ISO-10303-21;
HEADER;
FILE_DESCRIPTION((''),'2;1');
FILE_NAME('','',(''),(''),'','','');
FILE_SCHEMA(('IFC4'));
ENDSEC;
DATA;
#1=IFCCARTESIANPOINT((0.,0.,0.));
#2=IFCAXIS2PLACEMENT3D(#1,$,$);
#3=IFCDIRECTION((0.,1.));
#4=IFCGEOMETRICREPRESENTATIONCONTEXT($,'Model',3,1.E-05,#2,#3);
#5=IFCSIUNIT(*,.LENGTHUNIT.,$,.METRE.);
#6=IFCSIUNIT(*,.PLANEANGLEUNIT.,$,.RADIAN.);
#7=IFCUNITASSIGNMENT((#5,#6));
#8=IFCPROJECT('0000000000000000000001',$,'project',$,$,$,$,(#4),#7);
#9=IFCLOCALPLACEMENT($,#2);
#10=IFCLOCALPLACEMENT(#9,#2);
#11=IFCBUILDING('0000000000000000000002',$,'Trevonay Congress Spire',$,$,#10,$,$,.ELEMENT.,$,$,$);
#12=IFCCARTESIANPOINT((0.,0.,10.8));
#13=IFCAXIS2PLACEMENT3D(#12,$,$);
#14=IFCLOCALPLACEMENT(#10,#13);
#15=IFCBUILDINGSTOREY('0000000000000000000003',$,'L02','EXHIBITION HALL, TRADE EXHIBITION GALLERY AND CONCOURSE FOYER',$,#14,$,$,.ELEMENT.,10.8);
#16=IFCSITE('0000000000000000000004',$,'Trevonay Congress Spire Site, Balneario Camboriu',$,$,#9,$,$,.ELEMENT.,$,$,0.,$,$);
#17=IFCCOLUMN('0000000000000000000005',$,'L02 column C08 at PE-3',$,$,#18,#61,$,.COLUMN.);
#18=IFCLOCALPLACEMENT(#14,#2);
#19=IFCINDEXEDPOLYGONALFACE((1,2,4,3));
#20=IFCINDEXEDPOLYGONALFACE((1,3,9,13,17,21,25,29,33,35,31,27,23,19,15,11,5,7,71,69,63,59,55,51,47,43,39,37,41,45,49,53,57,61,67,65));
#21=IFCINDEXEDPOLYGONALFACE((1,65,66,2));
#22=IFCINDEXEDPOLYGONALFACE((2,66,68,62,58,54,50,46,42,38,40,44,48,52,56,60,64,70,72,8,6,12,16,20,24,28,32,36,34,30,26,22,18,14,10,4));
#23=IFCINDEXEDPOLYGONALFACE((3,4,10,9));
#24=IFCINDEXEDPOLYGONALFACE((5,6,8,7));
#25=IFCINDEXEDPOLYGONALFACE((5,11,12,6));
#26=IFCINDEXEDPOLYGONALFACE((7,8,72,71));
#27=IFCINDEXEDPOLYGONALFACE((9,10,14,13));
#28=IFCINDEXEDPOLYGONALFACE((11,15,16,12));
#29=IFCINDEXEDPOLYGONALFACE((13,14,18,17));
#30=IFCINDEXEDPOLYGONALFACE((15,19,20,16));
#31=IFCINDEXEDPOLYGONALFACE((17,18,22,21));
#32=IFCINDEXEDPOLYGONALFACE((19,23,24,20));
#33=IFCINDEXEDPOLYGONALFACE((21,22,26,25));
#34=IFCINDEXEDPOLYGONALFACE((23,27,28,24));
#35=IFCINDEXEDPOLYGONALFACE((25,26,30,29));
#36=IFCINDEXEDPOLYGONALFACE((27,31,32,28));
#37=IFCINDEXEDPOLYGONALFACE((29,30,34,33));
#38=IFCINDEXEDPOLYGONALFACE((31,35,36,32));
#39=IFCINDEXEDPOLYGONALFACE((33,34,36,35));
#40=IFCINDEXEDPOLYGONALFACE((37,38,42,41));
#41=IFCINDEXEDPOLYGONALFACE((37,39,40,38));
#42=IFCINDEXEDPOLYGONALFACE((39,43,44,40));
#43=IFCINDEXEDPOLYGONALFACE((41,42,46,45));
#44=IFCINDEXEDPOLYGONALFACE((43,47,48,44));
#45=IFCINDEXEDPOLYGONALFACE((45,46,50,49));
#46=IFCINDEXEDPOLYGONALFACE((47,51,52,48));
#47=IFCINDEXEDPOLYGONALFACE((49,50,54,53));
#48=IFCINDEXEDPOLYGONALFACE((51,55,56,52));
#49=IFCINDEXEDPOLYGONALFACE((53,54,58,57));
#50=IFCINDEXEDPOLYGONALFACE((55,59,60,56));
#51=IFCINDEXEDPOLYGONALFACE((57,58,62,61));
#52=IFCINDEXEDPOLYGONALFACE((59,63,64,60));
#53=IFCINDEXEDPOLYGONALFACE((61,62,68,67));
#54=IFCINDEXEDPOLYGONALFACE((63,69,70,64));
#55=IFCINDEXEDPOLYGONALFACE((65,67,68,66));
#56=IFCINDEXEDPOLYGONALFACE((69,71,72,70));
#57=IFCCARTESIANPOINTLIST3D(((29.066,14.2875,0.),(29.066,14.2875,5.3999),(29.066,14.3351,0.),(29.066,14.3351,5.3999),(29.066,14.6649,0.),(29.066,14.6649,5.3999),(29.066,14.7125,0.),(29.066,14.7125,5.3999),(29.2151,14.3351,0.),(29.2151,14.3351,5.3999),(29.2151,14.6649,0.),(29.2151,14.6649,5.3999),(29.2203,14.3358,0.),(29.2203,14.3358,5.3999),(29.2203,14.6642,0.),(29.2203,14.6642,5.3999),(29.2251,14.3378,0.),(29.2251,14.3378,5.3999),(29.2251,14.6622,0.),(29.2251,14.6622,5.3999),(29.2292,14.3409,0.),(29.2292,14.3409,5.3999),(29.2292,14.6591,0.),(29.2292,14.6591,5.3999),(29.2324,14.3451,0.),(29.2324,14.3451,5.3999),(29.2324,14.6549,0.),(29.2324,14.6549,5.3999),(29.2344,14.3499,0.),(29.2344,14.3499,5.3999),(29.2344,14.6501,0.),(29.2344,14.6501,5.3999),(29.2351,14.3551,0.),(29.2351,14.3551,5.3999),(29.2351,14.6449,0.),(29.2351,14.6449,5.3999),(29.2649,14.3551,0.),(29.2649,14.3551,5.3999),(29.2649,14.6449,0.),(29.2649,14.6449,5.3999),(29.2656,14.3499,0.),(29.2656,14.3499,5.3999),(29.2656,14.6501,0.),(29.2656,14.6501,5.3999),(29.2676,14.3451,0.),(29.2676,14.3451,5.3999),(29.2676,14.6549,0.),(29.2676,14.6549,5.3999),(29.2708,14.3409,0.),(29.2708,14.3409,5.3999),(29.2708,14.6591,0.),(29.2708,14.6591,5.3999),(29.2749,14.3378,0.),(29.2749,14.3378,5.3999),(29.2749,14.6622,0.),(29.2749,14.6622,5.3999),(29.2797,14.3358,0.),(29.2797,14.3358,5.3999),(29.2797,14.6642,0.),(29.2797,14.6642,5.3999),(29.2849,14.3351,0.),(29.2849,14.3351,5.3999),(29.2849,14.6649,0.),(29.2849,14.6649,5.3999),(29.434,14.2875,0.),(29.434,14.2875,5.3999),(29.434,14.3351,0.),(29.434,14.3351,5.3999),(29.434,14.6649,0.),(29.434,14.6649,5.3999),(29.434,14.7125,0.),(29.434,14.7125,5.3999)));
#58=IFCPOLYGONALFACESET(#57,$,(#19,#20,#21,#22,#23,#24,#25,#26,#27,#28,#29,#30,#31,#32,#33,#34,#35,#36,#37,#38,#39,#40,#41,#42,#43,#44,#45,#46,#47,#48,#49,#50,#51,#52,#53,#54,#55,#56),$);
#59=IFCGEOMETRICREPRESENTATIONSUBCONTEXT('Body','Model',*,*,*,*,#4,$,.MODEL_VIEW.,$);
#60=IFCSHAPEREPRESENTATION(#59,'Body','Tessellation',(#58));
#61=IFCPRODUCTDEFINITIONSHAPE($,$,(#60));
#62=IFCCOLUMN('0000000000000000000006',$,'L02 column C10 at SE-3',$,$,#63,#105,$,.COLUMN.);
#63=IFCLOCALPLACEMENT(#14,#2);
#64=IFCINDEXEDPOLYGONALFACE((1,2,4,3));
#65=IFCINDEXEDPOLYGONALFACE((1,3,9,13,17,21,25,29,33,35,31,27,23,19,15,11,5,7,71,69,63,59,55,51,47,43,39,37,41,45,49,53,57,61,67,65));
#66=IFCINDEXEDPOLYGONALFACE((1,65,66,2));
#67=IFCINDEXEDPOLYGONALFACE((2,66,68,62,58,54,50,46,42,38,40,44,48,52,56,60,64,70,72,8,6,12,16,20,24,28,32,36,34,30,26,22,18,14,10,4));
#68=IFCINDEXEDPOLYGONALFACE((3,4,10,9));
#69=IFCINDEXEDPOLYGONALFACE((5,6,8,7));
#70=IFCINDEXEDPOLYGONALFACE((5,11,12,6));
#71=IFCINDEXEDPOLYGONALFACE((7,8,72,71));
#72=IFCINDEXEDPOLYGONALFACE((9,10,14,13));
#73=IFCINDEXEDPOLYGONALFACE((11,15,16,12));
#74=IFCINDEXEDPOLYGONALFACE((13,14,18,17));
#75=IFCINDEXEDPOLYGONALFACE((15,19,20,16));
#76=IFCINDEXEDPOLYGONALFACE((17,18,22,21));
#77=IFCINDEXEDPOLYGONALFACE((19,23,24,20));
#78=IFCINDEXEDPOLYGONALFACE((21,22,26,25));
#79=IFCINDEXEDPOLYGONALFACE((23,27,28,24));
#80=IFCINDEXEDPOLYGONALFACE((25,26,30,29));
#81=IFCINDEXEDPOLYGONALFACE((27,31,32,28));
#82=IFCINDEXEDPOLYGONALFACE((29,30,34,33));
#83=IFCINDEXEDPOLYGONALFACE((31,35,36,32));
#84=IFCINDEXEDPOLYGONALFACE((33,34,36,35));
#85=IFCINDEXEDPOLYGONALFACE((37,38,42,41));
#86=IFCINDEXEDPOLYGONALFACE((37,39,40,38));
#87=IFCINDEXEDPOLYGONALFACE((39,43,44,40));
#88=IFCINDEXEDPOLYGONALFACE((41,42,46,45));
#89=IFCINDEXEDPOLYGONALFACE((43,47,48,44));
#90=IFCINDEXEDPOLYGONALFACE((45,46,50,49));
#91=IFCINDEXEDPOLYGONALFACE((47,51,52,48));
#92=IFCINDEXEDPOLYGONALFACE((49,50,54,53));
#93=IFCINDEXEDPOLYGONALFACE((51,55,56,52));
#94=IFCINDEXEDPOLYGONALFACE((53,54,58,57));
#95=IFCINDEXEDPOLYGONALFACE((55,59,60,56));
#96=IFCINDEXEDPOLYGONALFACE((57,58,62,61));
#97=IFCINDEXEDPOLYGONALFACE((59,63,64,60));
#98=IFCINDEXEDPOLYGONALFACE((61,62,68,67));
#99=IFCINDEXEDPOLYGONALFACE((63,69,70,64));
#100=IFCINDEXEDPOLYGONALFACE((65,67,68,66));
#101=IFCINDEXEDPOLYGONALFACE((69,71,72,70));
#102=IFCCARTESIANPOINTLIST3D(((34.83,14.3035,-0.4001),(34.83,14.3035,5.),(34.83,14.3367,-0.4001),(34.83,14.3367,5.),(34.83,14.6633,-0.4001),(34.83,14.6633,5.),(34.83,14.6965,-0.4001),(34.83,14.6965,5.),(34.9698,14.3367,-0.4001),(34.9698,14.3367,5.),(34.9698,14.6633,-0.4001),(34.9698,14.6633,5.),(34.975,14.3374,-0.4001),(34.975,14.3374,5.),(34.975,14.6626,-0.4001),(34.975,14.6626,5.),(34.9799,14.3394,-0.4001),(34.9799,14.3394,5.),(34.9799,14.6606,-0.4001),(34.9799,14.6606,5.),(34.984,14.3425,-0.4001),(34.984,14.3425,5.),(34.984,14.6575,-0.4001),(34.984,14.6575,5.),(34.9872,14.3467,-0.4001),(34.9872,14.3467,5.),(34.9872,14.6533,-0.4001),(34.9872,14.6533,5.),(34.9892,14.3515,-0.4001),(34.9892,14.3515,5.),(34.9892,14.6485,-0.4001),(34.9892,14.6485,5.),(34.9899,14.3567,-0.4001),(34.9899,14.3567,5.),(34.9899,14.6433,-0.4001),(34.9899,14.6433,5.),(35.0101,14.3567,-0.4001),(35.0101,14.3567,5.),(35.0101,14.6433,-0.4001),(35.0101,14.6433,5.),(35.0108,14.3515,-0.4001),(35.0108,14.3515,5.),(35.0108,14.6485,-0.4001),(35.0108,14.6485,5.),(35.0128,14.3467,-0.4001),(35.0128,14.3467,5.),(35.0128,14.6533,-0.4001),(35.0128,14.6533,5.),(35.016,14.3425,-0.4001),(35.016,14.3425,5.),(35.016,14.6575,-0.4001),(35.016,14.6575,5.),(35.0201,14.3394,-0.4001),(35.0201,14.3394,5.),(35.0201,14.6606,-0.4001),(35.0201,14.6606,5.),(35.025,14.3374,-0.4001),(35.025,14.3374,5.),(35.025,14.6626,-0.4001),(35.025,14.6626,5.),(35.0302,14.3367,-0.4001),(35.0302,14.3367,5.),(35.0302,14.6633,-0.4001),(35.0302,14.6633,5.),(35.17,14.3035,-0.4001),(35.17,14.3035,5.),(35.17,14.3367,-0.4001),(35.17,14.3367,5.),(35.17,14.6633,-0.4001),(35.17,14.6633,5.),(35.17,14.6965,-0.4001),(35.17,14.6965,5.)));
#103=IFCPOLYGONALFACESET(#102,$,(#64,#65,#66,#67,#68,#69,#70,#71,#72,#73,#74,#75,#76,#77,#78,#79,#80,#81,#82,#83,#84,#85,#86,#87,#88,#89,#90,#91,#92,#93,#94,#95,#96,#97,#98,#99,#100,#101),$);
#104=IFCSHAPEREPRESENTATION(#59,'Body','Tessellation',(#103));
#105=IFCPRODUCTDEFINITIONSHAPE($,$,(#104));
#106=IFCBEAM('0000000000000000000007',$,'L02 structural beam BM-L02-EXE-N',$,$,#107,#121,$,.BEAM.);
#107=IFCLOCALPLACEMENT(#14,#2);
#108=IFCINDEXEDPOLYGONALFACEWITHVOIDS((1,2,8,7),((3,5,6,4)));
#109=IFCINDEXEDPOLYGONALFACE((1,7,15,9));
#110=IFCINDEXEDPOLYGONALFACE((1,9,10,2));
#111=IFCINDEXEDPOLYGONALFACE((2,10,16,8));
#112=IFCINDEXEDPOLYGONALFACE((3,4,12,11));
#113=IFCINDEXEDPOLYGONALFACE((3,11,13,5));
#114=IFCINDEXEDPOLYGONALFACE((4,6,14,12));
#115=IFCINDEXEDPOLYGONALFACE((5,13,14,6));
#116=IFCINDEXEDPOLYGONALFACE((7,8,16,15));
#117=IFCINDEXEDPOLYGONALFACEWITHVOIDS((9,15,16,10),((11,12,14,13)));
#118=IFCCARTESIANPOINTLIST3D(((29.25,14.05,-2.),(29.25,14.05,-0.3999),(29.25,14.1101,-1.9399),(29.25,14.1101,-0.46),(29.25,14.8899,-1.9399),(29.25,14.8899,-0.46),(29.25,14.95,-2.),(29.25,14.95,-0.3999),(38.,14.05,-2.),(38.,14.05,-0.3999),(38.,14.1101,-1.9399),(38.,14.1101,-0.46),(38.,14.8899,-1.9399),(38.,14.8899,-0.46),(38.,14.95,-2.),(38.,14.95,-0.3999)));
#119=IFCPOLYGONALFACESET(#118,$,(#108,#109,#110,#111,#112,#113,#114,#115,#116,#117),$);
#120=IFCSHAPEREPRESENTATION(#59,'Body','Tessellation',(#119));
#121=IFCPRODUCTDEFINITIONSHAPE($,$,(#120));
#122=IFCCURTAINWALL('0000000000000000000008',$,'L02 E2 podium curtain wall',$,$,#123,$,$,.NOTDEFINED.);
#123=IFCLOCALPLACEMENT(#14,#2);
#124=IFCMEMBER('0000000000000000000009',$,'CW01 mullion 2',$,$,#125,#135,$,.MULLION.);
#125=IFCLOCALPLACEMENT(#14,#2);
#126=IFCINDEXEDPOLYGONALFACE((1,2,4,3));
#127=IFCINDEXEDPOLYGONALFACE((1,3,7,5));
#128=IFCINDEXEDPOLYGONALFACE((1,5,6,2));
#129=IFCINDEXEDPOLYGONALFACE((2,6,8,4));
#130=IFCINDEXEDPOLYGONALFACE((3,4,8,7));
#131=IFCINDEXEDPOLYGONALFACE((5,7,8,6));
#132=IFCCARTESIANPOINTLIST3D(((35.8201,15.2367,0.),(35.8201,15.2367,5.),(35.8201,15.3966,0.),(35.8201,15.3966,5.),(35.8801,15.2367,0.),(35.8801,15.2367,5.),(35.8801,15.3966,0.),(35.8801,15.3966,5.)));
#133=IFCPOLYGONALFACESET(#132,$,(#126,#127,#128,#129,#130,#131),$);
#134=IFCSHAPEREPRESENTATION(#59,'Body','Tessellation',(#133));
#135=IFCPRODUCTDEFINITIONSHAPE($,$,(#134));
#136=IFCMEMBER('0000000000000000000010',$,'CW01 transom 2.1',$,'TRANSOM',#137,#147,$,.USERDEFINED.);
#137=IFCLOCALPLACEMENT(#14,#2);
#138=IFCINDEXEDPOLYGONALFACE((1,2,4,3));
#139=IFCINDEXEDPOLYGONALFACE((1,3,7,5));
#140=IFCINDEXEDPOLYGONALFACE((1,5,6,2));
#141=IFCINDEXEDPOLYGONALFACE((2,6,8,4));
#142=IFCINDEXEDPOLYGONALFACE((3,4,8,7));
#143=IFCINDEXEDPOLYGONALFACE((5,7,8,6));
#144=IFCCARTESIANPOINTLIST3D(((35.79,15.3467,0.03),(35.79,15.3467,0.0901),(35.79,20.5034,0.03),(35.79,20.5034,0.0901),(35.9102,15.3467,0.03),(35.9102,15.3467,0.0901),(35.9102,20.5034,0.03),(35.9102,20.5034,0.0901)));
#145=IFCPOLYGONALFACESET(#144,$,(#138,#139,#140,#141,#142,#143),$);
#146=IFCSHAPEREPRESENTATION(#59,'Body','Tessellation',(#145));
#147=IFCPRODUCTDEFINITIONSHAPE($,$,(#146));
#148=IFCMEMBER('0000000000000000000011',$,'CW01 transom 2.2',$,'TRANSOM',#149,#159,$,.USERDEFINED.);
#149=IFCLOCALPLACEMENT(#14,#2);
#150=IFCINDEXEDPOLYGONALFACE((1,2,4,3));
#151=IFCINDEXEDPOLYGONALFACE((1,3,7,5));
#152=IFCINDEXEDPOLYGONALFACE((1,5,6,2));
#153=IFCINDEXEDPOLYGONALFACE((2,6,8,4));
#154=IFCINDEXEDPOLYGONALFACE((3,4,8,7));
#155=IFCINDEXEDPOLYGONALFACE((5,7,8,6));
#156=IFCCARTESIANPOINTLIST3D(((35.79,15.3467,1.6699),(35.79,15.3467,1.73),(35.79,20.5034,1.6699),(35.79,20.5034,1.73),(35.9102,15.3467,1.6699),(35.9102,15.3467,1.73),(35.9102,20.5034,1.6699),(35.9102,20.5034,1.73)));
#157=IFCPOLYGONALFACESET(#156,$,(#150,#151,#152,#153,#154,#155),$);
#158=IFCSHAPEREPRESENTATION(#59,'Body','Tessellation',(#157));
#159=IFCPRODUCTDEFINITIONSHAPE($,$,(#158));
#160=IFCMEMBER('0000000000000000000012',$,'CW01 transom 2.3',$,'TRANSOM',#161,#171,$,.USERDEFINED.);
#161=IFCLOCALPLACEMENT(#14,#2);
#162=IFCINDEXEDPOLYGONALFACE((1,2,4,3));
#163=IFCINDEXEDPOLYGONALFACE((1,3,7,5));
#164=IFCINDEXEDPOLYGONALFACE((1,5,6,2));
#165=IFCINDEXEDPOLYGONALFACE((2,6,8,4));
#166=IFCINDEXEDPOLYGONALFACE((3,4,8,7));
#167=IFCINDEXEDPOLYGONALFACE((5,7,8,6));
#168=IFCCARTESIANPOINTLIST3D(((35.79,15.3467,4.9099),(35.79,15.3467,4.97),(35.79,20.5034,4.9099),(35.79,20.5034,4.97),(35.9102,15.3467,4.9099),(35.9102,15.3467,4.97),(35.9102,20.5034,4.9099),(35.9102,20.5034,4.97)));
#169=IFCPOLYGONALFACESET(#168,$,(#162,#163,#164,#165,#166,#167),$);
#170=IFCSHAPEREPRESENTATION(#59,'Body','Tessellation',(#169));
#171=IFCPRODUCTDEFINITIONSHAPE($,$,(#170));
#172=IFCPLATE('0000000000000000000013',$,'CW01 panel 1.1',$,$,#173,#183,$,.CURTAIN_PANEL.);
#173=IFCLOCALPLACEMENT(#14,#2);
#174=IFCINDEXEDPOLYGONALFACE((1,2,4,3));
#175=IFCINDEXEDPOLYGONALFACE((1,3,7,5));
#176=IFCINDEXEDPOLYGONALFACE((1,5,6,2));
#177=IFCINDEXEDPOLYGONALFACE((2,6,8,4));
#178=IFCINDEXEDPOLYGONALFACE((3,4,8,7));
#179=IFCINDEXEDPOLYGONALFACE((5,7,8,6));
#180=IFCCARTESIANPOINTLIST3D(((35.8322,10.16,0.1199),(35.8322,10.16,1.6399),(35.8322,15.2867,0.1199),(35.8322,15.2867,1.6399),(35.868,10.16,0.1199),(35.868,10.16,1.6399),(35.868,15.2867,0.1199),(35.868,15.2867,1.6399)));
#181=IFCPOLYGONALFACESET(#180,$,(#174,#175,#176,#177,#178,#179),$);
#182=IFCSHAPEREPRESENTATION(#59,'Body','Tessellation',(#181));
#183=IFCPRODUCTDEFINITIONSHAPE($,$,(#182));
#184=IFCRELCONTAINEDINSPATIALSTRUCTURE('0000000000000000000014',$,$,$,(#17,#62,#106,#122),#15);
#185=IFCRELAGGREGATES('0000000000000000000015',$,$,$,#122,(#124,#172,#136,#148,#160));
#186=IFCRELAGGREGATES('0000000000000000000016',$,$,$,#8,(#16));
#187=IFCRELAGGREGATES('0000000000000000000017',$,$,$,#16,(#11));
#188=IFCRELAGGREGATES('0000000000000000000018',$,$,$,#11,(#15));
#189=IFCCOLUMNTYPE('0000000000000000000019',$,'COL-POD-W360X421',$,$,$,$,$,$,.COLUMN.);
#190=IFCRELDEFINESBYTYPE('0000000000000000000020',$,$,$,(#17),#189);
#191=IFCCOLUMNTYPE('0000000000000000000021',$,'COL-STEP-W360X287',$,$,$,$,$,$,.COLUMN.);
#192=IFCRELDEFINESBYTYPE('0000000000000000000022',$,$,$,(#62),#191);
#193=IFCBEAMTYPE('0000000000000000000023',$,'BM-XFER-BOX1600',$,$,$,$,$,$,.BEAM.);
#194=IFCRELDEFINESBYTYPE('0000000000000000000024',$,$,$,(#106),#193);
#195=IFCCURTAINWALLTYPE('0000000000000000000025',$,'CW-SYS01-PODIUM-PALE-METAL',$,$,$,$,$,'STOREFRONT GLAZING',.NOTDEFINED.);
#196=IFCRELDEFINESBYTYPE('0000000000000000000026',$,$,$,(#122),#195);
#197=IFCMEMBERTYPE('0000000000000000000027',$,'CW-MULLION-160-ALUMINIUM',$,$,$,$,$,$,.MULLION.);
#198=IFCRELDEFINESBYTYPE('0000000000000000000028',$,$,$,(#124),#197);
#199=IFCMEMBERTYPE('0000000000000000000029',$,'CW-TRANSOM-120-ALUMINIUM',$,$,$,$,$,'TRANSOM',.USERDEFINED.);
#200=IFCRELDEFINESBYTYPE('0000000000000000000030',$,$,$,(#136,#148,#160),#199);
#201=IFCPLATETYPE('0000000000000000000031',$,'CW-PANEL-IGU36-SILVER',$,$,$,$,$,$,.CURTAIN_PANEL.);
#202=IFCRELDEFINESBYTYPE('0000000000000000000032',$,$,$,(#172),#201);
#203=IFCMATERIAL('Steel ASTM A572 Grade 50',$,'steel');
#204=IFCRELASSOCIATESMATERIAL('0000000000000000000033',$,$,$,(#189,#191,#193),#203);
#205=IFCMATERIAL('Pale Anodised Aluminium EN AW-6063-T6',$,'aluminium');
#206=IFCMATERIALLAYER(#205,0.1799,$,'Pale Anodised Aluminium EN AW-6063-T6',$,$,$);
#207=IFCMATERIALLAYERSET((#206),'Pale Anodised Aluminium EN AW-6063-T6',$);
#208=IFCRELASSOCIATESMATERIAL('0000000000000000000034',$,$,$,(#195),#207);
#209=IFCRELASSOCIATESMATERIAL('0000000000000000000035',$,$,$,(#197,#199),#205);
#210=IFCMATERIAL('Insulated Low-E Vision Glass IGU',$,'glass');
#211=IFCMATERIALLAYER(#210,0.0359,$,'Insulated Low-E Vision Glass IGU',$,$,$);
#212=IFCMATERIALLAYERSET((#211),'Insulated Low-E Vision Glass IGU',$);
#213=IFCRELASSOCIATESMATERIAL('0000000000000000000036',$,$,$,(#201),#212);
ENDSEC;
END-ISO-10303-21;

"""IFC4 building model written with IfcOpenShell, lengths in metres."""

from ifc_helpers import new_model, si_unit, direction, frame, origin, origin_2d, place, context, subcontext, project, spatial, rectangle, hollow_rectangle, i_section, extrude, material, layer, layer_set, material_profile, profile_set, type_object, element, aggregate, save


model = new_model("IFC4")

# Units and contexts
model_context = context("Model", 3, precision=1e-05, world=origin(), true_north=direction((0.0, 1.0)))
body_context = subcontext(model_context, "Body", "Model", "MODEL_VIEW")
ifc_project = project(units=[si_unit("LENGTHUNIT", "METRE"), si_unit("PLANEANGLEUNIT", "RADIAN")], contexts=[model_context])

# Site, building, storey
site_placement = place(None, origin())
site = spatial("IfcSite", under=ifc_project, at=site_placement, Name="Trevonay Congress Spire Site, Balneario Camboriu", CompositionType="ELEMENT", RefElevation=0.0)
building_placement = place(site_placement, origin())
building = spatial("IfcBuilding", under=site, at=building_placement, Name="Trevonay Congress Spire", CompositionType="ELEMENT")
storey_placement = place(building_placement, frame((0.0, 0.0, 10.8)))
storey = spatial("IfcBuildingStorey", under=building, at=storey_placement, Name="L02", Description="EXHIBITION HALL, TRADE EXHIBITION GALLERY AND CONCOURSE FOYER", CompositionType="ELEMENT", Elevation=10.8)

# Columns
ifc_material_1 = material(Name="Steel ASTM A572 Grade 50", Category="steel")
ifc_material_profile_1 = material_profile(ifc_material_1, i_section(OverallWidth=0.3679, OverallDepth=0.425, WebThickness=0.0298, FlangeThickness=0.0476, FilletRadius=0.02, at=origin_2d()), Name="W360x421")
ifc_profile_set_1 = profile_set([ifc_material_profile_1], Name="Steel ASTM A572 Grade 50")
column_type_1 = type_object("IfcColumnType", Name="COL-POD-W360X421", PredefinedType="COLUMN", material=ifc_profile_set_1)
column_1_placement = place(storey_placement, frame((29.25, 14.5, 0.0), z_axis=(0.0, 0.0, 1.0), x_axis=(1.0, 0.0, 0.0)))
element("IfcColumn", 1, at=column_1_placement, inside=storey, type_object=column_type_1, Name="L02 column C08 at PE-3", PredefinedType="COLUMN", context=body_context, shape_type="SweptSolid", body=[
    extrude(i_section(OverallWidth=0.3679, OverallDepth=0.425, WebThickness=0.0298, FlangeThickness=0.0476, FilletRadius=0.02, at=origin_2d()), origin(), (0.0, 0.0, 1.0), 5.3999),
])
ifc_material_profile_2 = material_profile(ifc_material_1, i_section(OverallWidth=0.3401, OverallDepth=0.3931, WebThickness=0.0203, FlangeThickness=0.0332, FilletRadius=0.02, at=origin_2d()), Name="W360x287")
ifc_profile_set_2 = profile_set([ifc_material_profile_2], Name="Steel ASTM A572 Grade 50")
column_type_2 = type_object("IfcColumnType", Name="COL-STEP-W360X287", PredefinedType="COLUMN", material=ifc_profile_set_2)
column_2_placement = place(storey_placement, frame((35.0, 14.5, -0.4001), z_axis=(0.0, 0.0, 1.0), x_axis=(1.0, 0.0, 0.0)))
element("IfcColumn", 2, at=column_2_placement, inside=storey, type_object=column_type_2, Name="L02 column C10 at SE-3", PredefinedType="COLUMN", context=body_context, shape_type="SweptSolid", body=[
    extrude(i_section(OverallWidth=0.3401, OverallDepth=0.3931, WebThickness=0.0203, FlangeThickness=0.0332, FilletRadius=0.02, at=origin_2d()), origin(), (0.0, 0.0, 1.0), 5.4001),
])

# Beam
ifc_material_profile_3 = material_profile(ifc_material_1, hollow_rectangle(XDim=0.8999, YDim=1.6001, WallThickness=0.0601, at=origin_2d()), Name="BOX 1600x900x60")
ifc_profile_set_3 = profile_set([ifc_material_profile_3], Name="Steel ASTM A572 Grade 50")
beam_type = type_object("IfcBeamType", Name="BM-XFER-BOX1600", PredefinedType="BEAM", material=ifc_profile_set_3)
beam_placement = place(storey_placement, frame((29.25, 14.5, -1.2), z_axis=(1.0, 0.0, 0.0), x_axis=(0.0, 1.0, 0.0)))
element("IfcBeam", 3, at=beam_placement, inside=storey, type_object=beam_type, Name="L02 structural beam BM-L02-EXE-N", PredefinedType="BEAM", context=body_context, shape_type="SweptSolid", body=[
    extrude(hollow_rectangle(XDim=0.8999, YDim=1.6001, WallThickness=0.0601, at=origin_2d()), origin(), (0.0, 0.0, 1.0), 8.75),
])

# Curtain wall, members, plate
ifc_material_2 = material(Name="Pale Anodised Aluminium EN AW-6063-T6", Category="aluminium")
ifc_layer_1 = layer(ifc_material_2, 0.1799, Name="Pale Anodised Aluminium EN AW-6063-T6")
ifc_layer_set_1 = layer_set([ifc_layer_1], Name="Pale Anodised Aluminium EN AW-6063-T6")
curtain_wall_type = type_object("IfcCurtainWallType", Name="CW-SYS01-PODIUM-PALE-METAL", ElementType="STOREFRONT GLAZING", PredefinedType="NOTDEFINED", material=ifc_layer_set_1)
curtain_wall_placement = place(storey_placement, origin())
curtain_wall = element("IfcCurtainWall", 4, at=curtain_wall_placement, inside=storey, type_object=curtain_wall_type, Name="L02 E2 podium curtain wall", PredefinedType="NOTDEFINED")
ifc_material_profile_4 = material_profile(ifc_material_2, rectangle(XDim=0.0601, YDim=0.1599, at=origin_2d()), Name="CW-MULLION-160-ALUMINIUM")
ifc_profile_set_4 = profile_set([ifc_material_profile_4], Name="Pale Anodised Aluminium EN AW-6063-T6")
member_type_1 = type_object("IfcMemberType", Name="CW-MULLION-160-ALUMINIUM", PredefinedType="MULLION", material=ifc_profile_set_4)
member_1_placement = place(storey_placement, frame((35.8501, 15.3167, 0.0), z_axis=(0.0, 0.0, 1.0), x_axis=(-1.0, 0.0, 0.0)))
member_1 = element("IfcMember", 5, at=member_1_placement, type_object=member_type_1, Name="CW01 mullion 2", PredefinedType="MULLION", context=body_context, shape_type="SweptSolid", body=[
    extrude(rectangle(XDim=0.0601, YDim=0.1599, at=origin_2d()), origin(), (0.0, 0.0, 1.0), 5.0),
])
ifc_material_profile_5 = material_profile(ifc_material_2, rectangle(XDim=0.1201, YDim=0.0601, at=origin_2d()), Name="CW-TRANSOM-120-ALUMINIUM")
ifc_profile_set_5 = profile_set([ifc_material_profile_5], Name="Pale Anodised Aluminium EN AW-6063-T6")
member_type_2 = type_object("IfcMemberType", Name="CW-TRANSOM-120-ALUMINIUM", ElementType="TRANSOM", PredefinedType="USERDEFINED", material=ifc_profile_set_5)
member_2_placement = place(storey_placement, frame((35.8501, 15.3467, 0.0601), z_axis=(0.0, 1.0, 0.0), x_axis=(-1.0, 0.0, 0.0)))
member_2 = element("IfcMember", 6, at=member_2_placement, type_object=member_type_2, Name="CW01 transom 2.1", ObjectType="TRANSOM", PredefinedType="USERDEFINED", context=body_context, shape_type="SweptSolid", body=[
    extrude(rectangle(XDim=0.1201, YDim=0.0601, at=origin_2d()), origin(), (0.0, 0.0, 1.0), 5.1567),
])
member_3_placement = place(storey_placement, frame((35.8501, 15.3467, 1.7), z_axis=(0.0, 1.0, 0.0), x_axis=(-1.0, 0.0, 0.0)))
member_3 = element("IfcMember", 7, at=member_3_placement, type_object=member_type_2, Name="CW01 transom 2.2", ObjectType="TRANSOM", PredefinedType="USERDEFINED", context=body_context, shape_type="SweptSolid", body=[
    extrude(rectangle(XDim=0.1201, YDim=0.0601, at=origin_2d()), origin(), (0.0, 0.0, 1.0), 5.1567),
])
member_4_placement = place(storey_placement, frame((35.8501, 15.3467, 4.9399), z_axis=(0.0, 1.0, 0.0), x_axis=(-1.0, 0.0, 0.0)))
member_4 = element("IfcMember", 8, at=member_4_placement, type_object=member_type_2, Name="CW01 transom 2.3", ObjectType="TRANSOM", PredefinedType="USERDEFINED", context=body_context, shape_type="SweptSolid", body=[
    extrude(rectangle(XDim=0.1201, YDim=0.0601, at=origin_2d()), origin(), (0.0, 0.0, 1.0), 5.1567),
])
ifc_material_3 = material(Name="Insulated Low-E Vision Glass IGU", Category="glass")
ifc_layer_2 = layer(ifc_material_3, 0.0359, Name="Insulated Low-E Vision Glass IGU")
ifc_layer_set_2 = layer_set([ifc_layer_2], Name="Insulated Low-E Vision Glass IGU")
plate_type = type_object("IfcPlateType", Name="CW-PANEL-IGU36-SILVER", PredefinedType="CURTAIN_PANEL", material=ifc_layer_set_2)
plate_1_placement = place(storey_placement, frame((35.8501, 12.7234, 0.1199), z_axis=(0.0, 0.0, 1.0), x_axis=(0.0, 1.0, 0.0)))
plate_1 = element("IfcPlate", 9, at=plate_1_placement, type_object=plate_type, Name="CW01 panel 1.1", PredefinedType="CURTAIN_PANEL", context=body_context, shape_type="SweptSolid", body=[
    extrude(rectangle(XDim=5.1267, YDim=0.0359, at=origin_2d()), origin(), (0.0, 0.0, 1.0), 1.52),
])
aggregate(curtain_wall, [member_1, plate_1, member_2, member_3, member_4])

save(model, "model.ifc")
